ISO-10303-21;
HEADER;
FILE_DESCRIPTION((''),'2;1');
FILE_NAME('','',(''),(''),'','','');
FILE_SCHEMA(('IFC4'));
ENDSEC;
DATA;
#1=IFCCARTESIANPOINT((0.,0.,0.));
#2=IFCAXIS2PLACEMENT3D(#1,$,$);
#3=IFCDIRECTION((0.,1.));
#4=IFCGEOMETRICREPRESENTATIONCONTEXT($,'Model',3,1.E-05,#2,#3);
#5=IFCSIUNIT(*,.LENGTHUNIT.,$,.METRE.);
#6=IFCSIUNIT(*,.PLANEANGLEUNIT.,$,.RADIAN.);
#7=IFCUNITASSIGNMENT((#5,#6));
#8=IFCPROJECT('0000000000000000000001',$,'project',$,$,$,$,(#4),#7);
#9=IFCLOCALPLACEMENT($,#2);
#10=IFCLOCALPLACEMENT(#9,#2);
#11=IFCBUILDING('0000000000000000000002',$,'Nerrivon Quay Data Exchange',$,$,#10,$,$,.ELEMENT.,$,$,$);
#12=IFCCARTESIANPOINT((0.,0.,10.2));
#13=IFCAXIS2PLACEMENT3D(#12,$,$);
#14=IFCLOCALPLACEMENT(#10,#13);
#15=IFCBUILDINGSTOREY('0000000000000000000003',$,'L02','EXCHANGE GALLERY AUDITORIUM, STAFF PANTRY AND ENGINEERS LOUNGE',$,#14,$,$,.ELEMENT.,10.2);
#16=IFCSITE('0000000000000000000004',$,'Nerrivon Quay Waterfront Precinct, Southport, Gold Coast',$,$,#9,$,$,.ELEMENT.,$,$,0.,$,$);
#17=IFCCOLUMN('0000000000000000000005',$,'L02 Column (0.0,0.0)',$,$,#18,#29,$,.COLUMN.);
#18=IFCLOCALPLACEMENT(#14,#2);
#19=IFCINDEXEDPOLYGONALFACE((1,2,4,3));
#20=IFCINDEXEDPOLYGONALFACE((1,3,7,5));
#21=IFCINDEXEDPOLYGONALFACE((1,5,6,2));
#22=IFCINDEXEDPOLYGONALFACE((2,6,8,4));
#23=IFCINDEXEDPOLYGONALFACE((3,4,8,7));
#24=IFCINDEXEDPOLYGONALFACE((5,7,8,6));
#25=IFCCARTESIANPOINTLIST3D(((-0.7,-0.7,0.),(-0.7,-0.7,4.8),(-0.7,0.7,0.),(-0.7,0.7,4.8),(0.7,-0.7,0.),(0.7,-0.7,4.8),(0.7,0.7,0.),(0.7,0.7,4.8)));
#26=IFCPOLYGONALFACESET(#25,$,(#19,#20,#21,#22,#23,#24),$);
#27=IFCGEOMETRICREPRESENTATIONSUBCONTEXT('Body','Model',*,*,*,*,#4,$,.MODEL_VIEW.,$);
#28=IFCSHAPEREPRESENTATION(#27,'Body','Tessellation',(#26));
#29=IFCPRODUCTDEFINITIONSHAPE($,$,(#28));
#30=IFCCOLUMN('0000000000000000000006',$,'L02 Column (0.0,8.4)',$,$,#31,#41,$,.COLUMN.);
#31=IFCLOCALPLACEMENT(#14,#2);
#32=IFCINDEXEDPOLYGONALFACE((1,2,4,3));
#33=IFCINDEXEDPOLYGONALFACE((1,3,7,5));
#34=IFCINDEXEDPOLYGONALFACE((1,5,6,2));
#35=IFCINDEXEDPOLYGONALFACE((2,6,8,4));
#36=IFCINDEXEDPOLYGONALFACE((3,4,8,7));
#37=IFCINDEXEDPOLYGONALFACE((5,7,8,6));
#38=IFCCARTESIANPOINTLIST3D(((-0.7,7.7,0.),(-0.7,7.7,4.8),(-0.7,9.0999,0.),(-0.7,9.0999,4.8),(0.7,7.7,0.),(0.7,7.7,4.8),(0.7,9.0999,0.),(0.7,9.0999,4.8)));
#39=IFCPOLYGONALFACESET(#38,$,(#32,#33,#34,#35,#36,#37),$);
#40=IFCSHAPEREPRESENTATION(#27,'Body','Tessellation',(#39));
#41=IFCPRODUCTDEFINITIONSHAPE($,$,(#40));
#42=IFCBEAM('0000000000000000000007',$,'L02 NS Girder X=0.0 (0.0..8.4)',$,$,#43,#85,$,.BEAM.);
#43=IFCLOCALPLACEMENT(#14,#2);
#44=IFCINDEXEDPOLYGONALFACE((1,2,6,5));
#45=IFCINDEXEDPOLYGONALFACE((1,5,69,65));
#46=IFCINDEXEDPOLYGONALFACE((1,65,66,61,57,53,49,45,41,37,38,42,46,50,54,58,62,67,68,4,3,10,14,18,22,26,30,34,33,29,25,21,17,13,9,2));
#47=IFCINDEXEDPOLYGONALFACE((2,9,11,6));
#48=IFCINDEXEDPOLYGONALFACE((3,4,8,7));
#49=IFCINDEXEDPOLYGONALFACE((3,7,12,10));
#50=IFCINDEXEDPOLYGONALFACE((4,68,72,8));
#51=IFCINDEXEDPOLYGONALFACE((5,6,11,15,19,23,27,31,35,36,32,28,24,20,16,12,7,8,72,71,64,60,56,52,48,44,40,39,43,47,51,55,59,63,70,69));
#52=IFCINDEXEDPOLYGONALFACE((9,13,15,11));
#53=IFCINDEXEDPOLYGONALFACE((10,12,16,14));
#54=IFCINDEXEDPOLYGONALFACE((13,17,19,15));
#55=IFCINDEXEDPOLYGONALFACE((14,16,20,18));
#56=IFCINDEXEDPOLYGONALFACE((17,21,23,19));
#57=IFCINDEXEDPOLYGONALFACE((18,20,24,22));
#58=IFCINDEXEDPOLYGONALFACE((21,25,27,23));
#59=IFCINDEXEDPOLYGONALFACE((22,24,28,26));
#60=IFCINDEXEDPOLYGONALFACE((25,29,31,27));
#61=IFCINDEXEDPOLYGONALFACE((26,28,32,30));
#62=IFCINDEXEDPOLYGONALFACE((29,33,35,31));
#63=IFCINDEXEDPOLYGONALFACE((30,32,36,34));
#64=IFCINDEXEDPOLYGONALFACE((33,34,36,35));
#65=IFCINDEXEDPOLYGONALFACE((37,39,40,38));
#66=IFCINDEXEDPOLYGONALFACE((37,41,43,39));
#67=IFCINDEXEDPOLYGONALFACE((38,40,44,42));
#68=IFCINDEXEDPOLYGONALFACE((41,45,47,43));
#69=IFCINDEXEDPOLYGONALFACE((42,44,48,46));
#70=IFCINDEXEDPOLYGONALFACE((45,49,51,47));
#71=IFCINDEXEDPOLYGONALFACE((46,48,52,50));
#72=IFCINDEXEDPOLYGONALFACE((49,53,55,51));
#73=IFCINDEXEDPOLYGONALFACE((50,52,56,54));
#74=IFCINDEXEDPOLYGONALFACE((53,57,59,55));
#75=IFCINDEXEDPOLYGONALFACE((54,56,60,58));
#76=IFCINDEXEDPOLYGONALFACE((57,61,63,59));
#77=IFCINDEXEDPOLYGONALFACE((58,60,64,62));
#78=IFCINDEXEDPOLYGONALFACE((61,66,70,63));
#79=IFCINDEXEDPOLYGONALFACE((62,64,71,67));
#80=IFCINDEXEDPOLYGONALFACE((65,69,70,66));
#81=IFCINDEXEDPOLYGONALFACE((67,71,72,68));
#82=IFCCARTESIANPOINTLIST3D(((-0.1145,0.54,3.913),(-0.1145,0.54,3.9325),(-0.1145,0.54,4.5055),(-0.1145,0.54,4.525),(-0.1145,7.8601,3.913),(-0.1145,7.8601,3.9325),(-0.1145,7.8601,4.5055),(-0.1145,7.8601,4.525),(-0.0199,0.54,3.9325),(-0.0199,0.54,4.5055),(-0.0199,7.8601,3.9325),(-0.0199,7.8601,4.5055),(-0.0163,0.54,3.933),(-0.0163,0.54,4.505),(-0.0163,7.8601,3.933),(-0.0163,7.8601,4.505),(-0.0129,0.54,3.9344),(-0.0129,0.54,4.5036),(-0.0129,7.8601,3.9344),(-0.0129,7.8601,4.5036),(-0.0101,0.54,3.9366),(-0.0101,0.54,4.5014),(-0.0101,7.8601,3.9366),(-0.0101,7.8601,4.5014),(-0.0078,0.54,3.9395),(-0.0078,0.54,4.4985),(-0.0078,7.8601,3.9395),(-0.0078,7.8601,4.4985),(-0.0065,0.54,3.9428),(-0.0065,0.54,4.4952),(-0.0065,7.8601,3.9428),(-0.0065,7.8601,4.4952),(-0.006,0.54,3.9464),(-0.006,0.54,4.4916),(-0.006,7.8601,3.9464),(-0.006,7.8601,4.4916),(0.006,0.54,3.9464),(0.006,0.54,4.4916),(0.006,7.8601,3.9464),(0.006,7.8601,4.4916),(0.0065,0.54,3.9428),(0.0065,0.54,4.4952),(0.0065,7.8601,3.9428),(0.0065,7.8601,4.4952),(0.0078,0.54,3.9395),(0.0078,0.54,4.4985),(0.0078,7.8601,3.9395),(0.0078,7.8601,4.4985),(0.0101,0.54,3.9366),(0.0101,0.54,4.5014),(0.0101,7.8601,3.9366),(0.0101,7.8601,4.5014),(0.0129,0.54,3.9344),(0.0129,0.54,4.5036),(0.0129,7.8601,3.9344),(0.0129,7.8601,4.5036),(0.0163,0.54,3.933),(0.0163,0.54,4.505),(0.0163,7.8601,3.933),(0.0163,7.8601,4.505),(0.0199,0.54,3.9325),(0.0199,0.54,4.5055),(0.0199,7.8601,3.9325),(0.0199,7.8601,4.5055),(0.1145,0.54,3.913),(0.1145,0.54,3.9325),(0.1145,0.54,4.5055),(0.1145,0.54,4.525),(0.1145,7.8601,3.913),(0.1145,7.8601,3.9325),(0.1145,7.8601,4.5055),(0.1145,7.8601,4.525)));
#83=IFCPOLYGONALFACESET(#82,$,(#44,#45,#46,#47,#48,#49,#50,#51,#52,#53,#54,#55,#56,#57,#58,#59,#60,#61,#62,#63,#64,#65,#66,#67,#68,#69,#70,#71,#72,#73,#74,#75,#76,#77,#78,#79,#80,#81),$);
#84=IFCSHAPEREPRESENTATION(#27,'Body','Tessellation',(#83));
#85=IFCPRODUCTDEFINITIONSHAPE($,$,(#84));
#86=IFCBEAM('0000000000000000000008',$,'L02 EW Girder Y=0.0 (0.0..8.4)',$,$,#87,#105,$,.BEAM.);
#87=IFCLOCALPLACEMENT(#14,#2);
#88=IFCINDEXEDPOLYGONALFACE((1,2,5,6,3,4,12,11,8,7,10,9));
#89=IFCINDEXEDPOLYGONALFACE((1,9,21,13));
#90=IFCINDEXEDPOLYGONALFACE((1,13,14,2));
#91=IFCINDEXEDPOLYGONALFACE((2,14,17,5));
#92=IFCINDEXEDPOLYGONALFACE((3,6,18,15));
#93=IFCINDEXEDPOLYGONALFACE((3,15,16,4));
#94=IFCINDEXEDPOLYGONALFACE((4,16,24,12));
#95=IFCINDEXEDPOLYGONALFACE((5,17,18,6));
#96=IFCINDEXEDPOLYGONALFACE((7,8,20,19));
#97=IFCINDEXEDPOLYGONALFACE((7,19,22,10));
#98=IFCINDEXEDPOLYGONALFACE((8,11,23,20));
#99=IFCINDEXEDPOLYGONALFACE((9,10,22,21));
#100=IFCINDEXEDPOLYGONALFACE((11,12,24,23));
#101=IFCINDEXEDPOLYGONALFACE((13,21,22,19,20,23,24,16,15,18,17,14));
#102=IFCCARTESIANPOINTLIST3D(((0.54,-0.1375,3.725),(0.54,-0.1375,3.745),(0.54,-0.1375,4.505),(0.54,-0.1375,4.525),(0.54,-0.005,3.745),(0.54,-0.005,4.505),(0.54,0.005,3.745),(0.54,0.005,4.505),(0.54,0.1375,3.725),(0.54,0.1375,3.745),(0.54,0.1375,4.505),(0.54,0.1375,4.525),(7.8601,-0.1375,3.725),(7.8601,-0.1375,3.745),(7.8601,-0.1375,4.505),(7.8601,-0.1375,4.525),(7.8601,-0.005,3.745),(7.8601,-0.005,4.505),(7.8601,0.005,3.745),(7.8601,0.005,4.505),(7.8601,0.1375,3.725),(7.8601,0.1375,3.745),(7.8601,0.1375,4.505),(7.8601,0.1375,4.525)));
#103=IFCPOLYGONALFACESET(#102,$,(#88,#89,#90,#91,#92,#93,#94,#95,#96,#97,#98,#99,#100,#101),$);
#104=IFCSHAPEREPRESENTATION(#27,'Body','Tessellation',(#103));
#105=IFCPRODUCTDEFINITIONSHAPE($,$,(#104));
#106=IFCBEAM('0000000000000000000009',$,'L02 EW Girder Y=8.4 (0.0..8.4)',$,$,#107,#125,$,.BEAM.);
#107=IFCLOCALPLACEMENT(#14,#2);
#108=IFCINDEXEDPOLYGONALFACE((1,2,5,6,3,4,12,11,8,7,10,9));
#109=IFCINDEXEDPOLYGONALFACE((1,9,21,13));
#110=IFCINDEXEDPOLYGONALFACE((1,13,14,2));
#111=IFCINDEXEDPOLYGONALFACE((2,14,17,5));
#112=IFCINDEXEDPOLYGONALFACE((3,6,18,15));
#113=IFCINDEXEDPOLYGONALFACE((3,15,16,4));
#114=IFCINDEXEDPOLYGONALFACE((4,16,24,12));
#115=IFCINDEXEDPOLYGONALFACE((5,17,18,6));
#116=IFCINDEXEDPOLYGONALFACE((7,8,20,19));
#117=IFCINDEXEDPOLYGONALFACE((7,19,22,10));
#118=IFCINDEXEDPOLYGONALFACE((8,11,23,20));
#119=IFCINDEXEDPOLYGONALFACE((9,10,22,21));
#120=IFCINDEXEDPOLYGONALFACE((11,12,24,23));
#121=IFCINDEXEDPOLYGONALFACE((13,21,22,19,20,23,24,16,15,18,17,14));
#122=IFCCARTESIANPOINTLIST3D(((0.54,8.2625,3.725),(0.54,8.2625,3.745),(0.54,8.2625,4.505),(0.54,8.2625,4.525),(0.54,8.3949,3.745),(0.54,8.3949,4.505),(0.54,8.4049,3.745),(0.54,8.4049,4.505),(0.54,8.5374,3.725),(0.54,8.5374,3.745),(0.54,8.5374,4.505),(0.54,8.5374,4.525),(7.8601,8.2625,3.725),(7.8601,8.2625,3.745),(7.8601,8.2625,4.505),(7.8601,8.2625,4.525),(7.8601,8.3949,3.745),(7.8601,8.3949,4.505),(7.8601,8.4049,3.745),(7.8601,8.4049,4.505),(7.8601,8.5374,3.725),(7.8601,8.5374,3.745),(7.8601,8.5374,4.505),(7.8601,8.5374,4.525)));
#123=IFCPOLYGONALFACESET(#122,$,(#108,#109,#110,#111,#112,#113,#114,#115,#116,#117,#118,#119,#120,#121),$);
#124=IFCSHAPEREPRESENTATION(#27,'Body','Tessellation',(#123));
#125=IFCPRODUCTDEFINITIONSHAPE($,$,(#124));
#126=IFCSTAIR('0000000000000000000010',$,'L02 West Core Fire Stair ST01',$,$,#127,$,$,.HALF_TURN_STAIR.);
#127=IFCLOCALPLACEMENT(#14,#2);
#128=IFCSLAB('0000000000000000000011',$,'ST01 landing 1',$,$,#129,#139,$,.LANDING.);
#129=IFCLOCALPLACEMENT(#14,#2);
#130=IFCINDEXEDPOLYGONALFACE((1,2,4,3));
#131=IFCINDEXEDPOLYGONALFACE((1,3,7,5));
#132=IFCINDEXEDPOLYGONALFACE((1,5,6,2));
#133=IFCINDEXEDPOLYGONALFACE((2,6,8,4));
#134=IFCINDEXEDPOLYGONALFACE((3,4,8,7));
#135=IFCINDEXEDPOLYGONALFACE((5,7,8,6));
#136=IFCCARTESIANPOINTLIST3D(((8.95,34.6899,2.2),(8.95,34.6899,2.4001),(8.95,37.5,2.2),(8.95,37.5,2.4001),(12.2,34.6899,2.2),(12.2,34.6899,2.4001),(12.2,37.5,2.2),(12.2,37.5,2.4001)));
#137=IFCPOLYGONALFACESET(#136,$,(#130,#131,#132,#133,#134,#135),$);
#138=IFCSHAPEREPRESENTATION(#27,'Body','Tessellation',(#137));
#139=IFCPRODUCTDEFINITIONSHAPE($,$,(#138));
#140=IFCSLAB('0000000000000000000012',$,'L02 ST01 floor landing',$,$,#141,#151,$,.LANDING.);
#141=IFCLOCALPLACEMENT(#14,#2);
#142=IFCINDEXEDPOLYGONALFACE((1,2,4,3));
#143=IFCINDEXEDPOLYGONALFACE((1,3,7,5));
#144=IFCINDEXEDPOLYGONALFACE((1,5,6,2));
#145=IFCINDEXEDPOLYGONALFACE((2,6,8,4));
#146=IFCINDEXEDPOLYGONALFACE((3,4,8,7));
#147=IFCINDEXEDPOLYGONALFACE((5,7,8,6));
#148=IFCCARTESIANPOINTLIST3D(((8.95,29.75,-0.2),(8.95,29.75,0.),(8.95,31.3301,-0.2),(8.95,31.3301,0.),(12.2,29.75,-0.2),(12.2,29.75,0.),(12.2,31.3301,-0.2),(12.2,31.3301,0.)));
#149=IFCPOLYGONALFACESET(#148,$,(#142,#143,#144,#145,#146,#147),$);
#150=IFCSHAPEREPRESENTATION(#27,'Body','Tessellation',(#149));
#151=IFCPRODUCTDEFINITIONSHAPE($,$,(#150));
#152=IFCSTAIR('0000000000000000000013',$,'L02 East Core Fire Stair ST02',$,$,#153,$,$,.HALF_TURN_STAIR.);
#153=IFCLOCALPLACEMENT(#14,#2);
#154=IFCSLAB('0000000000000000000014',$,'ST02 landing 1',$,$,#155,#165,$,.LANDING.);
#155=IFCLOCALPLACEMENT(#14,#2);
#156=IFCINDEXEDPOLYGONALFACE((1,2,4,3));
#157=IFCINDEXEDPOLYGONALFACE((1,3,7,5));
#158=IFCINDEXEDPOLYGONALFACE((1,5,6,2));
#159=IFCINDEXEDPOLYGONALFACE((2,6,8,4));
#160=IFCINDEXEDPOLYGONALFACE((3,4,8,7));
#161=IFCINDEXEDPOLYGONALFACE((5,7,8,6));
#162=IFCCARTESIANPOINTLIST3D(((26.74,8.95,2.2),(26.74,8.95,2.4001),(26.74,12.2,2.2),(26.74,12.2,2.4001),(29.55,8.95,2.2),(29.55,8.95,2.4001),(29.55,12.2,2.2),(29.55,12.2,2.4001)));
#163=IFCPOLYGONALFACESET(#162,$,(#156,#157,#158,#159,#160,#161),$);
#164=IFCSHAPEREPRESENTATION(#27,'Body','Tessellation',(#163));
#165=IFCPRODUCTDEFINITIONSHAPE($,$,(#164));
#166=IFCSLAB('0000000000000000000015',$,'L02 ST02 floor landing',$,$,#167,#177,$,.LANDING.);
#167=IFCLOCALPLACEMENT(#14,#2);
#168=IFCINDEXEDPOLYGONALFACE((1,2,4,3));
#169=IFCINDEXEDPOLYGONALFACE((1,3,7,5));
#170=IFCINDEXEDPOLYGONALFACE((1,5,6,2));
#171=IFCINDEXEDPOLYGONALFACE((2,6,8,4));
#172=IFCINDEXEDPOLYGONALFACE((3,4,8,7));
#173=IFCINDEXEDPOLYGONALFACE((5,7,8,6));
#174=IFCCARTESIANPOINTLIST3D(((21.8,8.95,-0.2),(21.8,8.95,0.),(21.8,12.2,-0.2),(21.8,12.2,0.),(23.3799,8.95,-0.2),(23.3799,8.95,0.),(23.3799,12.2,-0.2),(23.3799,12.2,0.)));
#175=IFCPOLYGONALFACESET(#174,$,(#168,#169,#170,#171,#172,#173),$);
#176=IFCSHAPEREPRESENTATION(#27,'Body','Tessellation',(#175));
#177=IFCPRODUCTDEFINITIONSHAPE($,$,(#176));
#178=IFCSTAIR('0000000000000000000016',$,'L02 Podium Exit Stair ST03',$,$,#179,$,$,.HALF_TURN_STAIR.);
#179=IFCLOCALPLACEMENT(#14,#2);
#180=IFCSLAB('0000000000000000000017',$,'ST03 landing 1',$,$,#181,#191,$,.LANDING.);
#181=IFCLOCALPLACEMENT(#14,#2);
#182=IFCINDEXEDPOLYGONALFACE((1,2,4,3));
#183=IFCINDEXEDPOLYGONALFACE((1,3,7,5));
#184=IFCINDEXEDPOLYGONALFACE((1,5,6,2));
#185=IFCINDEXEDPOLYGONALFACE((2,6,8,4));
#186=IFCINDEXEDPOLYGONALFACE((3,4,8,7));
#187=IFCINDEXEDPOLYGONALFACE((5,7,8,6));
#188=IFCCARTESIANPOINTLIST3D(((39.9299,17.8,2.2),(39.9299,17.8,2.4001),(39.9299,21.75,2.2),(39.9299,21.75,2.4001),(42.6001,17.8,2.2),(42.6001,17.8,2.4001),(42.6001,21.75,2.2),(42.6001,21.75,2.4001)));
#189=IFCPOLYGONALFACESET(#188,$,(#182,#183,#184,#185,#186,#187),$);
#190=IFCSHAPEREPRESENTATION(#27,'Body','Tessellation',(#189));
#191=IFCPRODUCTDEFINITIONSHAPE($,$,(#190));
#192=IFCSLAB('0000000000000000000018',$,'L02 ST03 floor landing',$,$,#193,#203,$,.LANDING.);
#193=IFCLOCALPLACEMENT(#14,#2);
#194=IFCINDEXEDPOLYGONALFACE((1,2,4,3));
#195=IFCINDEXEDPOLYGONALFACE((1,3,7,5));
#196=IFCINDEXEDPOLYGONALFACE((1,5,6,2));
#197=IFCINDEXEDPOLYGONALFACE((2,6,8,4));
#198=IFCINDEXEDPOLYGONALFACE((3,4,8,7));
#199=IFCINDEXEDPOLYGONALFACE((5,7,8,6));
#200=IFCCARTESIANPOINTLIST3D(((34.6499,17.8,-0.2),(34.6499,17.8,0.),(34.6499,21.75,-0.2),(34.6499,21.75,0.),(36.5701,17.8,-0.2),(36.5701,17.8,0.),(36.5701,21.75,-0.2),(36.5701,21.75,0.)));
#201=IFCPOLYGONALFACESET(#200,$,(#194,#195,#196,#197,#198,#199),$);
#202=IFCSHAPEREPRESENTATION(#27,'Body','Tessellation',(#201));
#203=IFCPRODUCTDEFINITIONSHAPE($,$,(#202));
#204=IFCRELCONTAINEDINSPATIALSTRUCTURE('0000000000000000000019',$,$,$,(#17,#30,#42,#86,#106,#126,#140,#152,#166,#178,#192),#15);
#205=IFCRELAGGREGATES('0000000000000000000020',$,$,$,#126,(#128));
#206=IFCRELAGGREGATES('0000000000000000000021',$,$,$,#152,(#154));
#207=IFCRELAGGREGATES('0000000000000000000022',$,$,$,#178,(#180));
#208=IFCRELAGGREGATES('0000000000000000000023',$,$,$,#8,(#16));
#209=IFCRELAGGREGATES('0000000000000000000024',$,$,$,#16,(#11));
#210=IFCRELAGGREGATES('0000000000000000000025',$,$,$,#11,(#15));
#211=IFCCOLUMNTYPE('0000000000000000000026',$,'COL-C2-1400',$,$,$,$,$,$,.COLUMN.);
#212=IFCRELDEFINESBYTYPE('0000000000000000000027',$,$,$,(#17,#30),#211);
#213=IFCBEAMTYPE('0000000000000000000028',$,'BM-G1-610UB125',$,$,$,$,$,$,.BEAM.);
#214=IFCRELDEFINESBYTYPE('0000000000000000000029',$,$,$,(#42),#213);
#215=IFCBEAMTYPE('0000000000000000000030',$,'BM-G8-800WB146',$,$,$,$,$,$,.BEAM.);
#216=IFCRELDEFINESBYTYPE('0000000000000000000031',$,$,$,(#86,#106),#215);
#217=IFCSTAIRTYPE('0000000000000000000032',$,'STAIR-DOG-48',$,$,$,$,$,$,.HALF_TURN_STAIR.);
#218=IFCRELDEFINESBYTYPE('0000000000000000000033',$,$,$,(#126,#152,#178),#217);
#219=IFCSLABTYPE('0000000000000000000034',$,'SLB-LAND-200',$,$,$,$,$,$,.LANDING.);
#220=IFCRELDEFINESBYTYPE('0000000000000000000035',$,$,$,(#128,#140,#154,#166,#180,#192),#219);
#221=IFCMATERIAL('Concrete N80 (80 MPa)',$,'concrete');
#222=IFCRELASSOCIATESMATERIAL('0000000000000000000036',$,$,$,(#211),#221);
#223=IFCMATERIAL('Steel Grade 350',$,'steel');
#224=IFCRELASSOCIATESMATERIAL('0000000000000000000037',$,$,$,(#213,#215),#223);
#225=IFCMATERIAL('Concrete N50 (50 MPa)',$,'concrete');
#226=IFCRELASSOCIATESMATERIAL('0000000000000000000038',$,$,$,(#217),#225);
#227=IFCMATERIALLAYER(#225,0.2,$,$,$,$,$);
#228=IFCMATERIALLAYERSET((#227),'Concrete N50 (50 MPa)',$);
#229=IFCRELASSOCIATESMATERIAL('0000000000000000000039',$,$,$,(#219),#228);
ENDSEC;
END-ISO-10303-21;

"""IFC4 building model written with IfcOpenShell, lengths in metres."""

from ifc_helpers import new_model, si_unit, direction, frame, origin, origin_2d, place, context, subcontext, project, spatial, polyline, rectangle, i_section, outline, extrude, material, layer, layer_set, material_profile, profile_set, type_object, element, aggregate, save


model = new_model("IFC4")

# Units and contexts
model_context = context("Model", 3, precision=1e-05, world=origin(), true_north=direction((0.0, 1.0)))
body_context = subcontext(model_context, "Body", "Model", "MODEL_VIEW")
ifc_project = project(units=[si_unit("LENGTHUNIT", "METRE"), si_unit("PLANEANGLEUNIT", "RADIAN")], contexts=[model_context])

# Site, building, storey
site_placement = place(None, origin())
site = spatial("IfcSite", under=ifc_project, at=site_placement, Name="Nerrivon Quay Waterfront Precinct, Southport, Gold Coast", CompositionType="ELEMENT", RefElevation=0.0)
building_placement = place(site_placement, origin())
building = spatial("IfcBuilding", under=site, at=building_placement, Name="Nerrivon Quay Data Exchange", CompositionType="ELEMENT")
storey_placement = place(building_placement, frame((0.0, 0.0, 10.2)))
storey = spatial("IfcBuildingStorey", under=building, at=storey_placement, Name="L02", Description="EXCHANGE GALLERY AUDITORIUM, STAFF PANTRY AND ENGINEERS LOUNGE", CompositionType="ELEMENT", Elevation=10.2)

# Columns
ifc_material_1 = material(Name="Concrete N80 (80 MPa)", Category="concrete")
ifc_material_profile_1 = material_profile(ifc_material_1, rectangle(XDim=1.3999, YDim=1.3999, at=origin_2d()), Name="RC-COL-1400x1400")
ifc_profile_set_1 = profile_set([ifc_material_profile_1], Name="Concrete N80 (80 MPa)")
column_type = type_object("IfcColumnType", Name="COL-C2-1400", PredefinedType="COLUMN", material=ifc_profile_set_1)
for number, where, z_axis, x_axis, name in (
    (1, (0.0, 0.0, 0.0), (0.0, 0.0, 1.0), (1.0, 0.0, 0.0), "L02 Column (0.0,0.0)"),
    (2, (0.0, 8.3999, 0.0), (0.0, 0.0, 1.0), (1.0, 0.0, 0.0), "L02 Column (0.0,8.4)"),
):
    element("IfcColumn", number, at=place(storey_placement, frame(where, z_axis=z_axis, x_axis=x_axis)), inside=storey, type_object=column_type, Name=name, PredefinedType="COLUMN", context=body_context, shape_type="SweptSolid", body=[
        extrude(rectangle(XDim=1.3999, YDim=1.3999, at=origin_2d()), origin(), (0.0, 0.0, 1.0), 4.8),
    ])

# Beams
ifc_material_2 = material(Name="Steel Grade 350", Category="steel")
ifc_material_profile_2 = material_profile(ifc_material_2, i_section(OverallWidth=0.229, OverallDepth=0.6121, WebThickness=0.012, FlangeThickness=0.0195, FilletRadius=0.0139, at=origin_2d()), Name="610UB125")
ifc_profile_set_2 = profile_set([ifc_material_profile_2], Name="Steel Grade 350")
beam_type_1 = type_object("IfcBeamType", Name="BM-G1-610UB125", PredefinedType="BEAM", material=ifc_profile_set_2)
beam_placement = place(storey_placement, frame((0.0, 0.54, 4.219), z_axis=(0.0, 1.0, 0.0), x_axis=(-1.0, 0.0, 0.0)))
element("IfcBeam", 3, at=beam_placement, inside=storey, type_object=beam_type_1, Name="L02 NS Girder X=0.0 (0.0..8.4)", PredefinedType="BEAM", context=body_context, shape_type="SweptSolid", body=[
    extrude(i_section(OverallWidth=0.229, OverallDepth=0.6121, WebThickness=0.012, FlangeThickness=0.0195, FilletRadius=0.0139, at=origin_2d()), origin(), (0.0, 0.0, 1.0), 7.3201),
])
ifc_material_profile_3 = material_profile(ifc_material_2, i_section(OverallWidth=0.2749, OverallDepth=0.8, WebThickness=0.01, FlangeThickness=0.02, at=origin_2d()), Name="800WB146")
ifc_profile_set_3 = profile_set([ifc_material_profile_3], Name="Steel Grade 350")
beam_type_2 = type_object("IfcBeamType", Name="BM-G8-800WB146", PredefinedType="BEAM", material=ifc_profile_set_3)
for number, where, z_axis, x_axis, name in (
    (4, (0.54, 0.0, 4.125), (1.0, 0.0, 0.0), (0.0, 1.0, 0.0), "L02 EW Girder Y=0.0 (0.0..8.4)"),
    (5, (0.54, 8.3999, 4.125), (1.0, 0.0, 0.0), (0.0, 1.0, 0.0), "L02 EW Girder Y=8.4 (0.0..8.4)"),
):
    element("IfcBeam", number, at=place(storey_placement, frame(where, z_axis=z_axis, x_axis=x_axis)), inside=storey, type_object=beam_type_2, Name=name, PredefinedType="BEAM", context=body_context, shape_type="SweptSolid", body=[
        extrude(i_section(OverallWidth=0.2749, OverallDepth=0.8, WebThickness=0.01, FlangeThickness=0.02, at=origin_2d()), origin(), (0.0, 0.0, 1.0), 7.3201),
    ])

# Stair, slab
ifc_material_3 = material(Name="Concrete N50 (50 MPa)", Category="concrete")
stair_type = type_object("IfcStairType", Name="STAIR-DOG-48", PredefinedType="HALF_TURN_STAIR", material=ifc_material_3)
stair_1_placement = place(storey_placement, origin())
stair_1 = element("IfcStair", 6, at=stair_1_placement, inside=storey, type_object=stair_type, Name="L02 West Core Fire Stair ST01", PredefinedType="HALF_TURN_STAIR")
ifc_layer_1 = layer(ifc_material_3, 0.2)
ifc_layer_set_1 = layer_set([ifc_layer_1], Name="Concrete N50 (50 MPa)")
slab_type_1 = type_object("IfcSlabType", Name="SLB-LAND-200", PredefinedType="LANDING", material=ifc_layer_set_1)
slab_1_placement = place(storey_placement, frame((0.0, 0.0, 2.2)))
slab_1 = element("IfcSlab", 7, at=slab_1_placement, type_object=slab_type_1, Name="ST01 landing 1", PredefinedType="LANDING", context=body_context, shape_type="SweptSolid", body=[
    extrude(outline(polyline([(12.2, 34.6899), (12.2, 37.5), (8.95, 37.5), (8.95, 34.6899), (12.2, 34.6899)])), origin(), (0.0, 0.0, 1.0), 0.2002),
])
aggregate(stair_1, [slab_1])

# Slab
slab_2_placement = place(storey_placement, frame((0.0, 0.0, -0.2)))
element("IfcSlab", 8, at=slab_2_placement, inside=storey, type_object=slab_type_1, Name="L02 ST01 floor landing", PredefinedType="LANDING", context=body_context, shape_type="SweptSolid", body=[
    extrude(outline(polyline([(12.2, 29.75), (12.2, 31.3301), (8.95, 31.3301), (8.95, 29.75), (12.2, 29.75)])), origin(), (0.0, 0.0, 1.0), 0.2),
])

# Stair, slab
stair_2_placement = place(storey_placement, origin())
stair_2 = element("IfcStair", 9, at=stair_2_placement, inside=storey, type_object=stair_type, Name="L02 East Core Fire Stair ST02", PredefinedType="HALF_TURN_STAIR")
slab_3_placement = place(storey_placement, frame((0.0, 0.0, 2.2)))
slab_3 = element("IfcSlab", 10, at=slab_3_placement, type_object=slab_type_1, Name="ST02 landing 1", PredefinedType="LANDING", context=body_context, shape_type="SweptSolid", body=[
    extrude(outline(polyline([(26.74, 8.95), (29.55, 8.95), (29.55, 12.2), (26.74, 12.2), (26.74, 8.95)])), origin(), (0.0, 0.0, 1.0), 0.2002),
])
aggregate(stair_2, [slab_3])

# Slab
slab_4_placement = place(storey_placement, frame((0.0, 0.0, -0.2)))
element("IfcSlab", 11, at=slab_4_placement, inside=storey, type_object=slab_type_1, Name="L02 ST02 floor landing", PredefinedType="LANDING", context=body_context, shape_type="SweptSolid", body=[
    extrude(outline(polyline([(21.8, 8.95), (23.3799, 8.95), (23.3799, 12.2), (21.8, 12.2), (21.8, 8.95)])), origin(), (0.0, 0.0, 1.0), 0.2),
])

# Stair, slab
stair_3_placement = place(storey_placement, origin())
stair_3 = element("IfcStair", 12, at=stair_3_placement, inside=storey, type_object=stair_type, Name="L02 Podium Exit Stair ST03", PredefinedType="HALF_TURN_STAIR")
slab_5_placement = place(storey_placement, frame((0.0, 0.0, 2.2)))
slab_5 = element("IfcSlab", 13, at=slab_5_placement, type_object=slab_type_1, Name="ST03 landing 1", PredefinedType="LANDING", context=body_context, shape_type="SweptSolid", body=[
    extrude(outline(polyline([(39.9299, 17.8), (42.6001, 17.8), (42.6001, 21.75), (39.9299, 21.75), (39.9299, 17.8)])), origin(), (0.0, 0.0, 1.0), 0.2002),
])
aggregate(stair_3, [slab_5])

# Slab
slab_6_placement = place(storey_placement, frame((0.0, 0.0, -0.2)))
element("IfcSlab", 14, at=slab_6_placement, inside=storey, type_object=slab_type_1, Name="L02 ST03 floor landing", PredefinedType="LANDING", context=body_context, shape_type="SweptSolid", body=[
    extrude(outline(polyline([(34.6499, 17.8), (36.5701, 17.8), (36.5701, 21.75), (34.6499, 21.75), (34.6499, 17.8)])), origin(), (0.0, 0.0, 1.0), 0.2),
])

save(model, "model.ifc")
